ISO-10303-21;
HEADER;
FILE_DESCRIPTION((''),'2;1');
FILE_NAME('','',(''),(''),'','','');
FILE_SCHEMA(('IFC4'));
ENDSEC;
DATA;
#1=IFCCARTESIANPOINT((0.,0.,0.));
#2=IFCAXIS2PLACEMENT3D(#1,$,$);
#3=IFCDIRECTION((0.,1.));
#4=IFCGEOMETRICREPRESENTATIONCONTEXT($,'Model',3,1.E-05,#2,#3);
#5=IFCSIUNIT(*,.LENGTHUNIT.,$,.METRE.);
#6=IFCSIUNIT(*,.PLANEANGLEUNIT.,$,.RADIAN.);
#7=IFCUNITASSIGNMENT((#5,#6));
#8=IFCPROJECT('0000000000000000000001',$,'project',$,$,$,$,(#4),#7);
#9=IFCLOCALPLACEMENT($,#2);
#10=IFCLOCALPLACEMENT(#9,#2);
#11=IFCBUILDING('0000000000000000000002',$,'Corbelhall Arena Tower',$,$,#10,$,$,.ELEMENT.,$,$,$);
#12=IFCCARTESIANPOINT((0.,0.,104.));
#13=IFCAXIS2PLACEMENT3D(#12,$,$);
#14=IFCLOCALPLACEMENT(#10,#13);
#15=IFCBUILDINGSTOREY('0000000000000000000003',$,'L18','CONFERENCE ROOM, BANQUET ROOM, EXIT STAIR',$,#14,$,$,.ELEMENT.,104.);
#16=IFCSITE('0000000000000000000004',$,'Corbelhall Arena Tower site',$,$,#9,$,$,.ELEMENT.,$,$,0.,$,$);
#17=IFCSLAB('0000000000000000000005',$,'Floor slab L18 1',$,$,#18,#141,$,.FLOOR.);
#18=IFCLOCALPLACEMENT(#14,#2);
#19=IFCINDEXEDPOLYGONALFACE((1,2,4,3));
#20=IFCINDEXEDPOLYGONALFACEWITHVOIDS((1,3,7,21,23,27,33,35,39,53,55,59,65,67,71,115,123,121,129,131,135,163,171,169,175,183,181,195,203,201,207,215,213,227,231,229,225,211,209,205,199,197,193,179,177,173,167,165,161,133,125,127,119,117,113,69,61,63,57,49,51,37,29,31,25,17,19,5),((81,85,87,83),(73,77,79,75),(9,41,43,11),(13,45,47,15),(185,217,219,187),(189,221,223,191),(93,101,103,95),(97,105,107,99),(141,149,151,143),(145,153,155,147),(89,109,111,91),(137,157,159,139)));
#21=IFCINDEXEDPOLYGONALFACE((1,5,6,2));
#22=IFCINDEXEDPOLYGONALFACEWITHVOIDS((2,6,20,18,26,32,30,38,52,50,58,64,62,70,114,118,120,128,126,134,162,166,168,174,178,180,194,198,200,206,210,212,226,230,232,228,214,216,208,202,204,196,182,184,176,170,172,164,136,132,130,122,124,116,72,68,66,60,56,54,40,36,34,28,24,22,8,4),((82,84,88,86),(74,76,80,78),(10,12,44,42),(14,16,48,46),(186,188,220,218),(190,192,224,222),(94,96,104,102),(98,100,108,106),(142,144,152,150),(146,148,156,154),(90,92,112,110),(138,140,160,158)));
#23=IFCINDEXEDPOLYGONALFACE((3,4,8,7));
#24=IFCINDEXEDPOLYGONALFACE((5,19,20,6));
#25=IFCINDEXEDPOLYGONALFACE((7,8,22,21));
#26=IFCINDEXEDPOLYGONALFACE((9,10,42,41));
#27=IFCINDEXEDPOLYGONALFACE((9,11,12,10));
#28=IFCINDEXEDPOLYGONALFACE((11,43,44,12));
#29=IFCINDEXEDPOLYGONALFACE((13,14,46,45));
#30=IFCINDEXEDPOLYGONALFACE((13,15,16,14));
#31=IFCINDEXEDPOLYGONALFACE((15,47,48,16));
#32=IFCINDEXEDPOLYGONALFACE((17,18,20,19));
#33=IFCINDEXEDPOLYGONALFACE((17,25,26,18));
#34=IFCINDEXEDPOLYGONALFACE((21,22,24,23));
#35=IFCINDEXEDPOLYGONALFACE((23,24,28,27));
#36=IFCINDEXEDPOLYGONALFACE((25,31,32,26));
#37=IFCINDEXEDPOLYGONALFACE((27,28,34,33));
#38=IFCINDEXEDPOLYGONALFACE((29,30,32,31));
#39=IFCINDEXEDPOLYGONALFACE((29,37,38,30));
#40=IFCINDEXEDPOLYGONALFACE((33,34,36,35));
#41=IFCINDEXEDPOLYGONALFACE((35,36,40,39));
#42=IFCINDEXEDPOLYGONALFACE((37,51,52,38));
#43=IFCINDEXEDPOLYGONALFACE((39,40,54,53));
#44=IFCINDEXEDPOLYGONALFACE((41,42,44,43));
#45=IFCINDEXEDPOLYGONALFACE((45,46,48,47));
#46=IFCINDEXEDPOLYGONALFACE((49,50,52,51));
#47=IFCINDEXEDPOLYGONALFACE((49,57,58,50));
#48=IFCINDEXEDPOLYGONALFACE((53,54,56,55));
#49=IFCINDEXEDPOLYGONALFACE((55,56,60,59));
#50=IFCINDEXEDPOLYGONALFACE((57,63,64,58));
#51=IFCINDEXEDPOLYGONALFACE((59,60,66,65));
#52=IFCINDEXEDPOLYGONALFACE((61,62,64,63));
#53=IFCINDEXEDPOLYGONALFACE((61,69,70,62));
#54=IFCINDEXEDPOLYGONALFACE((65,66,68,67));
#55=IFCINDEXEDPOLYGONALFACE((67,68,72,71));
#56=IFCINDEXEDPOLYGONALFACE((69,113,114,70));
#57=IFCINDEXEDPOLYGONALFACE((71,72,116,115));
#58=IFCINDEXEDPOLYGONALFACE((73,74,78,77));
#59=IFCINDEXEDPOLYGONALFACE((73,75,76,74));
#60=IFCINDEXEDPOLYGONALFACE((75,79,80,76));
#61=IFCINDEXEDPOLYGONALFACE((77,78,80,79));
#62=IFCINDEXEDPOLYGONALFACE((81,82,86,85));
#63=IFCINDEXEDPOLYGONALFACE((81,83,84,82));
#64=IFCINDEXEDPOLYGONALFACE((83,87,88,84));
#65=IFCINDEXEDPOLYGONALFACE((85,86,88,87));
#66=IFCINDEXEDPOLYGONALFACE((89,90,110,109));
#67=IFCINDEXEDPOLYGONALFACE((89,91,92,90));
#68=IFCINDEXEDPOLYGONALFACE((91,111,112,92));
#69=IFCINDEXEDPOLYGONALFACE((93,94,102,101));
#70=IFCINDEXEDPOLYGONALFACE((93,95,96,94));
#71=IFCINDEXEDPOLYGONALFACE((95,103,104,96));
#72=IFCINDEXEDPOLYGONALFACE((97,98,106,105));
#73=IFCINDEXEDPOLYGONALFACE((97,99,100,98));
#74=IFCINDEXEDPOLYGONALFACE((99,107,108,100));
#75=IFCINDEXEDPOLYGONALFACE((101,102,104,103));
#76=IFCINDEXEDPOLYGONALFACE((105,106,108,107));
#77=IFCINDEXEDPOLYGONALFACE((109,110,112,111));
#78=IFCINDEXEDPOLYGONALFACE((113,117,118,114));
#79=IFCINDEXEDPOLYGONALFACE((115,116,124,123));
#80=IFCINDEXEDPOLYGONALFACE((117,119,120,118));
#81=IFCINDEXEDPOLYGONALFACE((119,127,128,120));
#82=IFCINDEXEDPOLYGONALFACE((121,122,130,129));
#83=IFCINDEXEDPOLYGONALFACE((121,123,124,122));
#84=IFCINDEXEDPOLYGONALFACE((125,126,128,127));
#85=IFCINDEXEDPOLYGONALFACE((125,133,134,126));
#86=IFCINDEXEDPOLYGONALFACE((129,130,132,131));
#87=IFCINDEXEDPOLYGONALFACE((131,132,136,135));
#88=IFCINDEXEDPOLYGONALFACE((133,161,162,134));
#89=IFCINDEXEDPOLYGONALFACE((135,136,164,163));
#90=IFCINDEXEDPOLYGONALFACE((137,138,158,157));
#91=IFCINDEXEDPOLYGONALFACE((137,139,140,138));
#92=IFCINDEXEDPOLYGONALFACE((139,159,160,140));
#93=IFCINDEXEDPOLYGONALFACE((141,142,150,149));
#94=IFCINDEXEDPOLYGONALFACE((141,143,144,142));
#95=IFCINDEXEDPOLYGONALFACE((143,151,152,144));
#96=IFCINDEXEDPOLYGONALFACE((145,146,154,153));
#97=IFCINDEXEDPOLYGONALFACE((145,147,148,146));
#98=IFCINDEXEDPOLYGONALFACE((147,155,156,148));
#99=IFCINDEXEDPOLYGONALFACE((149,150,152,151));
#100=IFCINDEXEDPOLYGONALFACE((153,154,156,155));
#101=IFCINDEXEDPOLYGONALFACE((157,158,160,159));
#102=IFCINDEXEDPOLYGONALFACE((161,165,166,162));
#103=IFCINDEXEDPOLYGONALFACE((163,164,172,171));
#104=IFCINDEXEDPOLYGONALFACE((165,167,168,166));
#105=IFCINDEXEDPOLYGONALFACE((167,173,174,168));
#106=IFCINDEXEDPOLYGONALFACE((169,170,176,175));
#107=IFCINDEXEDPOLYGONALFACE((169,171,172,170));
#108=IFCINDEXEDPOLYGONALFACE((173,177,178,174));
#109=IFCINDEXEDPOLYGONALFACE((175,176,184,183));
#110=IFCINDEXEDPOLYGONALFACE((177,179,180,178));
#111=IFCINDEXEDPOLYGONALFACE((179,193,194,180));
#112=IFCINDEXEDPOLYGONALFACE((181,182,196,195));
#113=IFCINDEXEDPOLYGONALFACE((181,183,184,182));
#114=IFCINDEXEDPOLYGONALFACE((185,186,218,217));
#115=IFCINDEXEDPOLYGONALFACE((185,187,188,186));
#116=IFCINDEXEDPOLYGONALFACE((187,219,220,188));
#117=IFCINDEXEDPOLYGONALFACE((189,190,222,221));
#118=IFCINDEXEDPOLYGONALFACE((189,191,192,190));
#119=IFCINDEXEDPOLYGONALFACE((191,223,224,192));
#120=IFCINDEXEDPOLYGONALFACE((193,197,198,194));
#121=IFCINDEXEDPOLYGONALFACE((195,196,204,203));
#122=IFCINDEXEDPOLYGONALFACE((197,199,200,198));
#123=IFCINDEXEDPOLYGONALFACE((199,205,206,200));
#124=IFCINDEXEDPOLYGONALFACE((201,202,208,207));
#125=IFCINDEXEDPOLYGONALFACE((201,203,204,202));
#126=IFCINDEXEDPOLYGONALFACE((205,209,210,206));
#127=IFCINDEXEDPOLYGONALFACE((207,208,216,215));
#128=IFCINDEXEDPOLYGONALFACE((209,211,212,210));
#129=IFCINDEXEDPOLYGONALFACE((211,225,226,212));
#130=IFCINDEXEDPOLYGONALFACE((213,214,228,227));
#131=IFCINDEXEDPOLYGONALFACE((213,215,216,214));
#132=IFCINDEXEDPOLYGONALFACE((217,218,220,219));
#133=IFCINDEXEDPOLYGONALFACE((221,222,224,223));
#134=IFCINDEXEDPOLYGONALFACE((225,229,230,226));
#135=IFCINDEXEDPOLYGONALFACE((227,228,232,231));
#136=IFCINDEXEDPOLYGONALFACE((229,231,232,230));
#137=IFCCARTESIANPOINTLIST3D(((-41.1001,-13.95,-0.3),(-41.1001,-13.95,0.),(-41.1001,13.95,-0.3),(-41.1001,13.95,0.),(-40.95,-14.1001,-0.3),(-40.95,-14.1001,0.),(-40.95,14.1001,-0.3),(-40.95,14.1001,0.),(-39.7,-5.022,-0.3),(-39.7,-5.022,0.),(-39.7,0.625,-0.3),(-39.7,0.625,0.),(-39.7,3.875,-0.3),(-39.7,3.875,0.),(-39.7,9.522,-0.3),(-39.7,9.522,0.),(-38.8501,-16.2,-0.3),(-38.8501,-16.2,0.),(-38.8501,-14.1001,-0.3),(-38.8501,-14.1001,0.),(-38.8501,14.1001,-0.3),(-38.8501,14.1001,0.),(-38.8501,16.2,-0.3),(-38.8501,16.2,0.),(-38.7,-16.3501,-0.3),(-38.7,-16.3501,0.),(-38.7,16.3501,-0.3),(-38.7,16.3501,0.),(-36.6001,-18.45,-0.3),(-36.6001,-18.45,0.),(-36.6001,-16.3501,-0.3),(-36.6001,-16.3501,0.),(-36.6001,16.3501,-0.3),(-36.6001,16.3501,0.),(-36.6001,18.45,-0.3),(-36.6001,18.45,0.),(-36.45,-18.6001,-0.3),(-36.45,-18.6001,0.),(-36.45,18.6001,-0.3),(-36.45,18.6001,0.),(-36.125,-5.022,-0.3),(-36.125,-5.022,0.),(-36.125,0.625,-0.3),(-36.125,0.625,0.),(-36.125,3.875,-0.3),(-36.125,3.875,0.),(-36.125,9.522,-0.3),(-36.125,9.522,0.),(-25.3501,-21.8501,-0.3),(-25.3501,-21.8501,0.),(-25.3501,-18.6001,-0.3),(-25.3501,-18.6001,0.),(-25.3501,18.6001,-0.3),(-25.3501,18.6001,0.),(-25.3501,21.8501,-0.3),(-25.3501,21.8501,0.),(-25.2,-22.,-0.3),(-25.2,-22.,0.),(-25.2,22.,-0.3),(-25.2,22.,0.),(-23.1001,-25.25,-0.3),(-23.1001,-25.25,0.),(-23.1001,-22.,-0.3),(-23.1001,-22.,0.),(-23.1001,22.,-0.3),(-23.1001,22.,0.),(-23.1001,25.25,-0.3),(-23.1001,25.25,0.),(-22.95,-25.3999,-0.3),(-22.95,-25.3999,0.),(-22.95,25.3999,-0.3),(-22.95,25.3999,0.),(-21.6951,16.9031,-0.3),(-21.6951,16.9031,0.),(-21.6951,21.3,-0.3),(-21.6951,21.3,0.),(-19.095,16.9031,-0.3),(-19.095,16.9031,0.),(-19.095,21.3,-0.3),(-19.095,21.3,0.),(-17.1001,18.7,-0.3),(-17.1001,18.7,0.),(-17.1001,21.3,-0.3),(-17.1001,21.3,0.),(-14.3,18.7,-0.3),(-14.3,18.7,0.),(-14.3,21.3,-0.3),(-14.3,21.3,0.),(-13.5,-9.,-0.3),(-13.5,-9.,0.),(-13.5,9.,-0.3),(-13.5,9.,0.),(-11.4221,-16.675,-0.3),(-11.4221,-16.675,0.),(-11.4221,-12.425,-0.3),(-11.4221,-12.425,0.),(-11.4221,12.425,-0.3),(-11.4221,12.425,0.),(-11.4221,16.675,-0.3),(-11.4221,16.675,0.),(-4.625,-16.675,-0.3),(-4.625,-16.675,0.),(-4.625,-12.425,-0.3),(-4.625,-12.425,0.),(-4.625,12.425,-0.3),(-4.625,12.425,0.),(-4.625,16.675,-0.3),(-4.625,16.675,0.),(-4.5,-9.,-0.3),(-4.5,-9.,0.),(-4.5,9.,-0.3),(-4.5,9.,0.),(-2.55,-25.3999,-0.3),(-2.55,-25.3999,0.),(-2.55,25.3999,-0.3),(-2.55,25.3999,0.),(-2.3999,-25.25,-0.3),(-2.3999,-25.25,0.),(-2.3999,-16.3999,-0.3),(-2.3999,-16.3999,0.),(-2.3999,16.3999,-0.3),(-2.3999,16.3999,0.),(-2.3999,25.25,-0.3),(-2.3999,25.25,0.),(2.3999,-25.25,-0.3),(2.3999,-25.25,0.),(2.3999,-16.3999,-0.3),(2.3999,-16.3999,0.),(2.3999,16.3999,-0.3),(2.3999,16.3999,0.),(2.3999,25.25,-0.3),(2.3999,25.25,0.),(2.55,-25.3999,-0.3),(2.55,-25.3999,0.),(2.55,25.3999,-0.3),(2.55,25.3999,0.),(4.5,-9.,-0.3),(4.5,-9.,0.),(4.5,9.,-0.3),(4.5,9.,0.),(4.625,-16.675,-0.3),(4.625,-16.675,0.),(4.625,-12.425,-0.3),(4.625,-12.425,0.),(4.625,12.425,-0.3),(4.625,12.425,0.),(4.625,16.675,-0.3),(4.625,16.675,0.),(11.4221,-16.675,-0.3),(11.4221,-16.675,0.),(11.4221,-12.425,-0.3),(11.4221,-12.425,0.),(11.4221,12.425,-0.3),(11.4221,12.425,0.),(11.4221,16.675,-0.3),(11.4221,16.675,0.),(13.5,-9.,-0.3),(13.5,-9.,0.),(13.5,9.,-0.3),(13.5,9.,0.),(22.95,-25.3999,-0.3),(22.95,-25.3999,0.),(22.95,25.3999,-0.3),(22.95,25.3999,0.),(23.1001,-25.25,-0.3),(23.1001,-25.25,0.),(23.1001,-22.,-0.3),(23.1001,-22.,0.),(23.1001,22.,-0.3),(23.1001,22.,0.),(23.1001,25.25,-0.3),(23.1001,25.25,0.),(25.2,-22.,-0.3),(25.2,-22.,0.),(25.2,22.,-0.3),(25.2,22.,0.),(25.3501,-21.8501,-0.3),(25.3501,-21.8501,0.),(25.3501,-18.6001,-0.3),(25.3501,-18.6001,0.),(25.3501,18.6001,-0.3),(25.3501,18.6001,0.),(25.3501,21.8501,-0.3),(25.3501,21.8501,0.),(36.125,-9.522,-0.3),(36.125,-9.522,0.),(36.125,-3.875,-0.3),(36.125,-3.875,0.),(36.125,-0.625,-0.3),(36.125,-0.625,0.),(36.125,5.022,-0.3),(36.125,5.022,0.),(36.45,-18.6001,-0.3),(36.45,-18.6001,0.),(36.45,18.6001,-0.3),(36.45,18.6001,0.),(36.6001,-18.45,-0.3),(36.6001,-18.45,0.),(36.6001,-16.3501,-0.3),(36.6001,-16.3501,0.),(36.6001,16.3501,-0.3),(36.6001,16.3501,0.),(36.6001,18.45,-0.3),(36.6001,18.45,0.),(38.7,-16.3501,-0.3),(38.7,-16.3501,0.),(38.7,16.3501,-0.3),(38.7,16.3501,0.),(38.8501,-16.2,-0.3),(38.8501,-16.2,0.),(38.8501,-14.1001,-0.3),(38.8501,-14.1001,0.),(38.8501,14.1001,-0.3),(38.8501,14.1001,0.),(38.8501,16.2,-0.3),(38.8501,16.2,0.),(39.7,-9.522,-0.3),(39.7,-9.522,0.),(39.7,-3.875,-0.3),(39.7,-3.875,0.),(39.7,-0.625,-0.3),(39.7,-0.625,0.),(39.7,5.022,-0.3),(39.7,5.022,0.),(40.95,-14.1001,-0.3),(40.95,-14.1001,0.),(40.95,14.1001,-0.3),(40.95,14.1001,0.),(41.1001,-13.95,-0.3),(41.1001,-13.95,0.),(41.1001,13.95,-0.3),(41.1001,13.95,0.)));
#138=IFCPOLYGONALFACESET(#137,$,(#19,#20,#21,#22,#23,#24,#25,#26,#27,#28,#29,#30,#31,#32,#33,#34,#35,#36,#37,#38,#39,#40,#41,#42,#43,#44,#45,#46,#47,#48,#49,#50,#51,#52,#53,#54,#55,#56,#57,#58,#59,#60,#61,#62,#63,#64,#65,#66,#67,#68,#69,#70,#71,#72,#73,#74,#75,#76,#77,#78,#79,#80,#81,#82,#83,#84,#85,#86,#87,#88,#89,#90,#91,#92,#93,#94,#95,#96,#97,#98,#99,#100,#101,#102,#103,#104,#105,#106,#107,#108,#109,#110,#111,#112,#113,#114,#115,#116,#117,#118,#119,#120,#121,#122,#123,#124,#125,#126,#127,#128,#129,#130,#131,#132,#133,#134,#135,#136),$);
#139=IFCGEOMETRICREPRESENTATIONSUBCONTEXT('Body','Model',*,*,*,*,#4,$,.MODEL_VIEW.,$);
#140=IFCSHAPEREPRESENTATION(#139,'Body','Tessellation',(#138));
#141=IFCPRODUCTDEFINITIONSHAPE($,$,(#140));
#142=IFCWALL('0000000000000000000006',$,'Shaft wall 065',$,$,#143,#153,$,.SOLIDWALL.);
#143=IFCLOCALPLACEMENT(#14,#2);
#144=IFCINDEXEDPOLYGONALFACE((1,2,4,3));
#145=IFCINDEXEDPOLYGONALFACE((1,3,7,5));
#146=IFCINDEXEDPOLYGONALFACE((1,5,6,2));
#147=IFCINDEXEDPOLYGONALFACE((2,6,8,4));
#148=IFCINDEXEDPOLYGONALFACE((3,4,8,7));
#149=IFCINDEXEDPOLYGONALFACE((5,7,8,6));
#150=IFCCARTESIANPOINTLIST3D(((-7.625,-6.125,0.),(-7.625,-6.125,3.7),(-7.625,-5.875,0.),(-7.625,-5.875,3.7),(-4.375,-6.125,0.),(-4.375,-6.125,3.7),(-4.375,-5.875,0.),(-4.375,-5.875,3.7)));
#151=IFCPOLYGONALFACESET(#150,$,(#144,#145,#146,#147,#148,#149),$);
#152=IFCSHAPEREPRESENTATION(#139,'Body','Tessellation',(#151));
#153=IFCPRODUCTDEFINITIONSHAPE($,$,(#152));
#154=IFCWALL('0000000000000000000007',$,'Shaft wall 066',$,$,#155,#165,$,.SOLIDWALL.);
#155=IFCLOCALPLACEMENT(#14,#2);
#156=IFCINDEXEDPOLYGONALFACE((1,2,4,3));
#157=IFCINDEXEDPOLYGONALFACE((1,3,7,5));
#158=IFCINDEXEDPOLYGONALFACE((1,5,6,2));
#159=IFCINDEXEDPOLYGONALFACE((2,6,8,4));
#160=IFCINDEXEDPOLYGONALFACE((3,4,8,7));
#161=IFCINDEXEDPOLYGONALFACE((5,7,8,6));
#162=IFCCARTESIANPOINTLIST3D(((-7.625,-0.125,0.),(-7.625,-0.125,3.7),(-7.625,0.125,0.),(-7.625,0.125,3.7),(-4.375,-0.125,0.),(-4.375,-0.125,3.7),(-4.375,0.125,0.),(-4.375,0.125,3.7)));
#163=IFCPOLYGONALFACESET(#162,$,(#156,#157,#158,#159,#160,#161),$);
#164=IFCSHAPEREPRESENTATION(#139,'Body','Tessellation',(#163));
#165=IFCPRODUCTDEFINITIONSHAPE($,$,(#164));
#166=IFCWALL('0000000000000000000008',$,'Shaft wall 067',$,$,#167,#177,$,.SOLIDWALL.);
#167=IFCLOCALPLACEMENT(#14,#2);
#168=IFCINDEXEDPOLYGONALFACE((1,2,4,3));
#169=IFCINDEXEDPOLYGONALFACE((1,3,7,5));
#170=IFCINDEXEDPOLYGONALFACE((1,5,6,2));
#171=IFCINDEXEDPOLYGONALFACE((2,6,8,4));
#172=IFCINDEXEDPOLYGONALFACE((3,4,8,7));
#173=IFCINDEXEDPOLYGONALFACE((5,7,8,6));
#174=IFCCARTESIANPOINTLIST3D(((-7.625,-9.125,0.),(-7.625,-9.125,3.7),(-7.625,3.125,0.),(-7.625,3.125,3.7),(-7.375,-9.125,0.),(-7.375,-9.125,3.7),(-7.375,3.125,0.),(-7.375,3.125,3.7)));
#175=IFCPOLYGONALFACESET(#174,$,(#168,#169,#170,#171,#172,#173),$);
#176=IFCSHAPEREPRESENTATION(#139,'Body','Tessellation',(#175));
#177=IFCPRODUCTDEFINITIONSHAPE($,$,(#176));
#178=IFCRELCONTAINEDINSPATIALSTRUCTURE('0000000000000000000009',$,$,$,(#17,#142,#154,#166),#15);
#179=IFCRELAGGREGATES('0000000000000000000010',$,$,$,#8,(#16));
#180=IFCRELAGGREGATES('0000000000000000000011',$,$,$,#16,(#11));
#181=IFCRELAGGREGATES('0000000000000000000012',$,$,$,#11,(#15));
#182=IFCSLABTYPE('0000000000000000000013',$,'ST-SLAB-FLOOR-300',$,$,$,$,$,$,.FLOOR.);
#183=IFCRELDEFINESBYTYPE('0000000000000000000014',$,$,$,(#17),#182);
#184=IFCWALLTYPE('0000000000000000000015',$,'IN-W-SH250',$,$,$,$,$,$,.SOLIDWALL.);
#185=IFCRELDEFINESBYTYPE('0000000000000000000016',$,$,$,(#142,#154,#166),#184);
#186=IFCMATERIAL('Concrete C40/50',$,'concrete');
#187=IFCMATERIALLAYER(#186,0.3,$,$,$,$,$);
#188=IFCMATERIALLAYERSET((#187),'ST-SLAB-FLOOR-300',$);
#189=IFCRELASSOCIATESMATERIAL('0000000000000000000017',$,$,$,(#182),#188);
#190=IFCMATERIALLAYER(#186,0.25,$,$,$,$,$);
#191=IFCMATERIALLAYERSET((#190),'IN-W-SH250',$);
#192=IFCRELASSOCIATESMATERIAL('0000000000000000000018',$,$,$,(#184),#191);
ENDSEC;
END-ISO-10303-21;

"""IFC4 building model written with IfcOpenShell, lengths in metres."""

from ifc_helpers import new_model, si_unit, direction, frame, frame_2d, origin, place, context, subcontext, project, spatial, polyline, rectangle, outline, extrude, material, layer, layer_set, type_object, element, save


model = new_model("IFC4")

# Units and contexts
model_context = context("Model", 3, precision=1e-05, world=origin(), true_north=direction((0.0, 1.0)))
body_context = subcontext(model_context, "Body", "Model", "MODEL_VIEW")
ifc_project = project(units=[si_unit("LENGTHUNIT", "METRE"), si_unit("PLANEANGLEUNIT", "RADIAN")], contexts=[model_context])

# Site, building, storey
site_placement = place(None, origin())
site = spatial("IfcSite", under=ifc_project, at=site_placement, Name="Corbelhall Arena Tower site", CompositionType="ELEMENT", RefElevation=0.0)
building_placement = place(site_placement, origin())
building = spatial("IfcBuilding", under=site, at=building_placement, Name="Corbelhall Arena Tower", CompositionType="ELEMENT")
storey_placement = place(building_placement, frame((0.0, 0.0, 104.0)))
storey = spatial("IfcBuildingStorey", under=building, at=storey_placement, Name="L18", Description="CONFERENCE ROOM, BANQUET ROOM, EXIT STAIR", CompositionType="ELEMENT", Elevation=104.0)

# Slab
ifc_material_1 = material(Name="Concrete C40/50", Category="concrete")
ifc_layer_1 = layer(ifc_material_1, 0.3)
ifc_layer_set_1 = layer_set([ifc_layer_1], Name="ST-SLAB-FLOOR-300")
slab_type = type_object("IfcSlabType", Name="ST-SLAB-FLOOR-300", PredefinedType="FLOOR", material=ifc_layer_set_1)
slab_placement = place(storey_placement, frame((0.0, 0.0, -0.3)))
element("IfcSlab", 1, at=slab_placement, inside=storey, type_object=slab_type, Name="Floor slab L18 1", PredefinedType="FLOOR", context=body_context, shape_type="SweptSolid", body=[
    extrude(outline(polyline([(25.3501, 18.6001), (25.3501, 21.8501), (25.2, 22.0), (23.1001, 22.0), (23.1001, 25.25), (22.95, 25.3999), (2.55, 25.3999), (2.3999, 25.25), (2.3999, 16.3999), (-2.3999, 16.3999), (-2.3999, 25.25), (-2.55, 25.3999), (-22.95, 25.3999), (-23.1001, 25.25), (-23.1001, 22.0), (-25.2, 22.0), (-25.3501, 21.8501), (-25.3501, 18.6001), (-36.45, 18.6001), (-36.6001, 18.45), (-36.6001, 16.3501), (-38.7, 16.3501), (-38.8501, 16.2), (-38.8501, 14.1001), (-40.95, 14.1001), (-41.1001, 13.95), (-41.1001, -13.95), (-40.95, -14.1001), (-38.8501, -14.1001), (-38.8501, -16.2), (-38.7, -16.3501), (-36.6001, -16.3501), (-36.6001, -18.45), (-36.45, -18.6001), (-25.3501, -18.6001), (-25.3501, -21.8501), (-25.2, -22.0), (-23.1001, -22.0), (-23.1001, -25.25), (-22.95, -25.3999), (-2.55, -25.3999), (-2.3999, -25.25), (-2.3999, -16.3999), (2.3999, -16.3999), (2.3999, -25.25), (2.55, -25.3999), (22.95, -25.3999), (23.1001, -25.25), (23.1001, -22.0), (25.2, -22.0), (25.3501, -21.8501), (25.3501, -18.6001), (36.45, -18.6001), (36.6001, -18.45), (36.6001, -16.3501), (38.7, -16.3501), (38.8501, -16.2), (38.8501, -14.1001), (40.95, -14.1001), (41.1001, -13.95), (41.1001, 13.95), (40.95, 14.1001), (38.8501, 14.1001), (38.8501, 16.2), (38.7, 16.3501), (36.6001, 16.3501), (36.6001, 18.45), (36.45, 18.6001), (25.3501, 18.6001)]), holes=[polyline([(-13.5, 9.0), (-13.5, -9.0), (-4.5, -9.0), (-4.5, 9.0), (-13.5, 9.0)]), polyline([(4.5, 9.0), (4.5, -9.0), (13.5, -9.0), (13.5, 9.0), (4.5, 9.0)]), polyline([(-4.625, 16.675), (-11.4221, 16.675), (-11.4221, 12.425), (-4.625, 12.425), (-4.625, 16.675)]), polyline([(-4.625, -16.675), (-4.625, -12.425), (-11.4221, -12.425), (-11.4221, -16.675), (-4.625, -16.675)]), polyline([(11.4221, 16.675), (4.625, 16.675), (4.625, 12.425), (11.4221, 12.425), (11.4221, 16.675)]), polyline([(11.4221, -16.675), (11.4221, -12.425), (4.625, -12.425), (4.625, -16.675), (11.4221, -16.675)]), polyline([(-36.125, 3.875), (-36.125, 9.522), (-39.7, 9.522), (-39.7, 3.875), (-36.125, 3.875)]), polyline([(-36.125, 0.625), (-39.7, 0.625), (-39.7, -5.022), (-36.125, -5.022), (-36.125, 0.625)]), polyline([(39.7, -9.522), (39.7, -3.875), (36.125, -3.875), (36.125, -9.522), (39.7, -9.522)]), polyline([(39.7, 5.022), (36.125, 5.022), (36.125, -0.625), (39.7, -0.625), (39.7, 5.022)]), polyline([(-21.6951, 21.3), (-21.6951, 16.9031), (-19.095, 16.9031), (-19.095, 21.3), (-21.6951, 21.3)]), polyline([(-14.3, 21.3), (-17.1001, 21.3), (-17.1001, 18.7), (-14.3, 18.7), (-14.3, 21.3)])]), origin(), (0.0, 0.0, 1.0), 0.3),
])

# Walls
ifc_layer_2 = layer(ifc_material_1, 0.25)
ifc_layer_set_2 = layer_set([ifc_layer_2], Name="IN-W-SH250")
wall_type_1 = type_object("IfcWallType", Name="IN-W-SH250", PredefinedType="SOLIDWALL", material=ifc_layer_set_2)
for number, where, z_axis, x_axis, name in (
    (2, (-7.625, -6.0, 0.0), (0.0, 0.0, 1.0), (1.0, 0.0, 0.0), "Shaft wall 065"),
    (3, (-7.625, 0.0, 0.0), (0.0, 0.0, 1.0), (1.0, 0.0, 0.0), "Shaft wall 066"),
):
    element("IfcWall", number, at=place(storey_placement, frame(where, z_axis=z_axis, x_axis=x_axis)), inside=storey, type_object=wall_type_1, Name=name, PredefinedType="SOLIDWALL", context=body_context, shape_type="SweptSolid", body=[
        extrude(rectangle(XDim=3.25, YDim=0.25, at=frame_2d((1.625, 0.0))), origin(), (0.0, 0.0, 1.0), 3.7),
    ])
wall_1_placement = place(storey_placement, frame((-7.5, -9.125, 0.0), z_axis=(0.0, 0.0, 1.0), x_axis=(0.0, 1.0, 0.0)))
element("IfcWall", 4, at=wall_1_placement, inside=storey, type_object=wall_type_1, Name="Shaft wall 067", PredefinedType="SOLIDWALL", context=body_context, shape_type="SweptSolid", body=[
    extrude(rectangle(XDim=12.25, YDim=0.25, at=frame_2d((6.125, 0.0))), origin(), (0.0, 0.0, 1.0), 3.7),
])

save(model, "model.ifc")
